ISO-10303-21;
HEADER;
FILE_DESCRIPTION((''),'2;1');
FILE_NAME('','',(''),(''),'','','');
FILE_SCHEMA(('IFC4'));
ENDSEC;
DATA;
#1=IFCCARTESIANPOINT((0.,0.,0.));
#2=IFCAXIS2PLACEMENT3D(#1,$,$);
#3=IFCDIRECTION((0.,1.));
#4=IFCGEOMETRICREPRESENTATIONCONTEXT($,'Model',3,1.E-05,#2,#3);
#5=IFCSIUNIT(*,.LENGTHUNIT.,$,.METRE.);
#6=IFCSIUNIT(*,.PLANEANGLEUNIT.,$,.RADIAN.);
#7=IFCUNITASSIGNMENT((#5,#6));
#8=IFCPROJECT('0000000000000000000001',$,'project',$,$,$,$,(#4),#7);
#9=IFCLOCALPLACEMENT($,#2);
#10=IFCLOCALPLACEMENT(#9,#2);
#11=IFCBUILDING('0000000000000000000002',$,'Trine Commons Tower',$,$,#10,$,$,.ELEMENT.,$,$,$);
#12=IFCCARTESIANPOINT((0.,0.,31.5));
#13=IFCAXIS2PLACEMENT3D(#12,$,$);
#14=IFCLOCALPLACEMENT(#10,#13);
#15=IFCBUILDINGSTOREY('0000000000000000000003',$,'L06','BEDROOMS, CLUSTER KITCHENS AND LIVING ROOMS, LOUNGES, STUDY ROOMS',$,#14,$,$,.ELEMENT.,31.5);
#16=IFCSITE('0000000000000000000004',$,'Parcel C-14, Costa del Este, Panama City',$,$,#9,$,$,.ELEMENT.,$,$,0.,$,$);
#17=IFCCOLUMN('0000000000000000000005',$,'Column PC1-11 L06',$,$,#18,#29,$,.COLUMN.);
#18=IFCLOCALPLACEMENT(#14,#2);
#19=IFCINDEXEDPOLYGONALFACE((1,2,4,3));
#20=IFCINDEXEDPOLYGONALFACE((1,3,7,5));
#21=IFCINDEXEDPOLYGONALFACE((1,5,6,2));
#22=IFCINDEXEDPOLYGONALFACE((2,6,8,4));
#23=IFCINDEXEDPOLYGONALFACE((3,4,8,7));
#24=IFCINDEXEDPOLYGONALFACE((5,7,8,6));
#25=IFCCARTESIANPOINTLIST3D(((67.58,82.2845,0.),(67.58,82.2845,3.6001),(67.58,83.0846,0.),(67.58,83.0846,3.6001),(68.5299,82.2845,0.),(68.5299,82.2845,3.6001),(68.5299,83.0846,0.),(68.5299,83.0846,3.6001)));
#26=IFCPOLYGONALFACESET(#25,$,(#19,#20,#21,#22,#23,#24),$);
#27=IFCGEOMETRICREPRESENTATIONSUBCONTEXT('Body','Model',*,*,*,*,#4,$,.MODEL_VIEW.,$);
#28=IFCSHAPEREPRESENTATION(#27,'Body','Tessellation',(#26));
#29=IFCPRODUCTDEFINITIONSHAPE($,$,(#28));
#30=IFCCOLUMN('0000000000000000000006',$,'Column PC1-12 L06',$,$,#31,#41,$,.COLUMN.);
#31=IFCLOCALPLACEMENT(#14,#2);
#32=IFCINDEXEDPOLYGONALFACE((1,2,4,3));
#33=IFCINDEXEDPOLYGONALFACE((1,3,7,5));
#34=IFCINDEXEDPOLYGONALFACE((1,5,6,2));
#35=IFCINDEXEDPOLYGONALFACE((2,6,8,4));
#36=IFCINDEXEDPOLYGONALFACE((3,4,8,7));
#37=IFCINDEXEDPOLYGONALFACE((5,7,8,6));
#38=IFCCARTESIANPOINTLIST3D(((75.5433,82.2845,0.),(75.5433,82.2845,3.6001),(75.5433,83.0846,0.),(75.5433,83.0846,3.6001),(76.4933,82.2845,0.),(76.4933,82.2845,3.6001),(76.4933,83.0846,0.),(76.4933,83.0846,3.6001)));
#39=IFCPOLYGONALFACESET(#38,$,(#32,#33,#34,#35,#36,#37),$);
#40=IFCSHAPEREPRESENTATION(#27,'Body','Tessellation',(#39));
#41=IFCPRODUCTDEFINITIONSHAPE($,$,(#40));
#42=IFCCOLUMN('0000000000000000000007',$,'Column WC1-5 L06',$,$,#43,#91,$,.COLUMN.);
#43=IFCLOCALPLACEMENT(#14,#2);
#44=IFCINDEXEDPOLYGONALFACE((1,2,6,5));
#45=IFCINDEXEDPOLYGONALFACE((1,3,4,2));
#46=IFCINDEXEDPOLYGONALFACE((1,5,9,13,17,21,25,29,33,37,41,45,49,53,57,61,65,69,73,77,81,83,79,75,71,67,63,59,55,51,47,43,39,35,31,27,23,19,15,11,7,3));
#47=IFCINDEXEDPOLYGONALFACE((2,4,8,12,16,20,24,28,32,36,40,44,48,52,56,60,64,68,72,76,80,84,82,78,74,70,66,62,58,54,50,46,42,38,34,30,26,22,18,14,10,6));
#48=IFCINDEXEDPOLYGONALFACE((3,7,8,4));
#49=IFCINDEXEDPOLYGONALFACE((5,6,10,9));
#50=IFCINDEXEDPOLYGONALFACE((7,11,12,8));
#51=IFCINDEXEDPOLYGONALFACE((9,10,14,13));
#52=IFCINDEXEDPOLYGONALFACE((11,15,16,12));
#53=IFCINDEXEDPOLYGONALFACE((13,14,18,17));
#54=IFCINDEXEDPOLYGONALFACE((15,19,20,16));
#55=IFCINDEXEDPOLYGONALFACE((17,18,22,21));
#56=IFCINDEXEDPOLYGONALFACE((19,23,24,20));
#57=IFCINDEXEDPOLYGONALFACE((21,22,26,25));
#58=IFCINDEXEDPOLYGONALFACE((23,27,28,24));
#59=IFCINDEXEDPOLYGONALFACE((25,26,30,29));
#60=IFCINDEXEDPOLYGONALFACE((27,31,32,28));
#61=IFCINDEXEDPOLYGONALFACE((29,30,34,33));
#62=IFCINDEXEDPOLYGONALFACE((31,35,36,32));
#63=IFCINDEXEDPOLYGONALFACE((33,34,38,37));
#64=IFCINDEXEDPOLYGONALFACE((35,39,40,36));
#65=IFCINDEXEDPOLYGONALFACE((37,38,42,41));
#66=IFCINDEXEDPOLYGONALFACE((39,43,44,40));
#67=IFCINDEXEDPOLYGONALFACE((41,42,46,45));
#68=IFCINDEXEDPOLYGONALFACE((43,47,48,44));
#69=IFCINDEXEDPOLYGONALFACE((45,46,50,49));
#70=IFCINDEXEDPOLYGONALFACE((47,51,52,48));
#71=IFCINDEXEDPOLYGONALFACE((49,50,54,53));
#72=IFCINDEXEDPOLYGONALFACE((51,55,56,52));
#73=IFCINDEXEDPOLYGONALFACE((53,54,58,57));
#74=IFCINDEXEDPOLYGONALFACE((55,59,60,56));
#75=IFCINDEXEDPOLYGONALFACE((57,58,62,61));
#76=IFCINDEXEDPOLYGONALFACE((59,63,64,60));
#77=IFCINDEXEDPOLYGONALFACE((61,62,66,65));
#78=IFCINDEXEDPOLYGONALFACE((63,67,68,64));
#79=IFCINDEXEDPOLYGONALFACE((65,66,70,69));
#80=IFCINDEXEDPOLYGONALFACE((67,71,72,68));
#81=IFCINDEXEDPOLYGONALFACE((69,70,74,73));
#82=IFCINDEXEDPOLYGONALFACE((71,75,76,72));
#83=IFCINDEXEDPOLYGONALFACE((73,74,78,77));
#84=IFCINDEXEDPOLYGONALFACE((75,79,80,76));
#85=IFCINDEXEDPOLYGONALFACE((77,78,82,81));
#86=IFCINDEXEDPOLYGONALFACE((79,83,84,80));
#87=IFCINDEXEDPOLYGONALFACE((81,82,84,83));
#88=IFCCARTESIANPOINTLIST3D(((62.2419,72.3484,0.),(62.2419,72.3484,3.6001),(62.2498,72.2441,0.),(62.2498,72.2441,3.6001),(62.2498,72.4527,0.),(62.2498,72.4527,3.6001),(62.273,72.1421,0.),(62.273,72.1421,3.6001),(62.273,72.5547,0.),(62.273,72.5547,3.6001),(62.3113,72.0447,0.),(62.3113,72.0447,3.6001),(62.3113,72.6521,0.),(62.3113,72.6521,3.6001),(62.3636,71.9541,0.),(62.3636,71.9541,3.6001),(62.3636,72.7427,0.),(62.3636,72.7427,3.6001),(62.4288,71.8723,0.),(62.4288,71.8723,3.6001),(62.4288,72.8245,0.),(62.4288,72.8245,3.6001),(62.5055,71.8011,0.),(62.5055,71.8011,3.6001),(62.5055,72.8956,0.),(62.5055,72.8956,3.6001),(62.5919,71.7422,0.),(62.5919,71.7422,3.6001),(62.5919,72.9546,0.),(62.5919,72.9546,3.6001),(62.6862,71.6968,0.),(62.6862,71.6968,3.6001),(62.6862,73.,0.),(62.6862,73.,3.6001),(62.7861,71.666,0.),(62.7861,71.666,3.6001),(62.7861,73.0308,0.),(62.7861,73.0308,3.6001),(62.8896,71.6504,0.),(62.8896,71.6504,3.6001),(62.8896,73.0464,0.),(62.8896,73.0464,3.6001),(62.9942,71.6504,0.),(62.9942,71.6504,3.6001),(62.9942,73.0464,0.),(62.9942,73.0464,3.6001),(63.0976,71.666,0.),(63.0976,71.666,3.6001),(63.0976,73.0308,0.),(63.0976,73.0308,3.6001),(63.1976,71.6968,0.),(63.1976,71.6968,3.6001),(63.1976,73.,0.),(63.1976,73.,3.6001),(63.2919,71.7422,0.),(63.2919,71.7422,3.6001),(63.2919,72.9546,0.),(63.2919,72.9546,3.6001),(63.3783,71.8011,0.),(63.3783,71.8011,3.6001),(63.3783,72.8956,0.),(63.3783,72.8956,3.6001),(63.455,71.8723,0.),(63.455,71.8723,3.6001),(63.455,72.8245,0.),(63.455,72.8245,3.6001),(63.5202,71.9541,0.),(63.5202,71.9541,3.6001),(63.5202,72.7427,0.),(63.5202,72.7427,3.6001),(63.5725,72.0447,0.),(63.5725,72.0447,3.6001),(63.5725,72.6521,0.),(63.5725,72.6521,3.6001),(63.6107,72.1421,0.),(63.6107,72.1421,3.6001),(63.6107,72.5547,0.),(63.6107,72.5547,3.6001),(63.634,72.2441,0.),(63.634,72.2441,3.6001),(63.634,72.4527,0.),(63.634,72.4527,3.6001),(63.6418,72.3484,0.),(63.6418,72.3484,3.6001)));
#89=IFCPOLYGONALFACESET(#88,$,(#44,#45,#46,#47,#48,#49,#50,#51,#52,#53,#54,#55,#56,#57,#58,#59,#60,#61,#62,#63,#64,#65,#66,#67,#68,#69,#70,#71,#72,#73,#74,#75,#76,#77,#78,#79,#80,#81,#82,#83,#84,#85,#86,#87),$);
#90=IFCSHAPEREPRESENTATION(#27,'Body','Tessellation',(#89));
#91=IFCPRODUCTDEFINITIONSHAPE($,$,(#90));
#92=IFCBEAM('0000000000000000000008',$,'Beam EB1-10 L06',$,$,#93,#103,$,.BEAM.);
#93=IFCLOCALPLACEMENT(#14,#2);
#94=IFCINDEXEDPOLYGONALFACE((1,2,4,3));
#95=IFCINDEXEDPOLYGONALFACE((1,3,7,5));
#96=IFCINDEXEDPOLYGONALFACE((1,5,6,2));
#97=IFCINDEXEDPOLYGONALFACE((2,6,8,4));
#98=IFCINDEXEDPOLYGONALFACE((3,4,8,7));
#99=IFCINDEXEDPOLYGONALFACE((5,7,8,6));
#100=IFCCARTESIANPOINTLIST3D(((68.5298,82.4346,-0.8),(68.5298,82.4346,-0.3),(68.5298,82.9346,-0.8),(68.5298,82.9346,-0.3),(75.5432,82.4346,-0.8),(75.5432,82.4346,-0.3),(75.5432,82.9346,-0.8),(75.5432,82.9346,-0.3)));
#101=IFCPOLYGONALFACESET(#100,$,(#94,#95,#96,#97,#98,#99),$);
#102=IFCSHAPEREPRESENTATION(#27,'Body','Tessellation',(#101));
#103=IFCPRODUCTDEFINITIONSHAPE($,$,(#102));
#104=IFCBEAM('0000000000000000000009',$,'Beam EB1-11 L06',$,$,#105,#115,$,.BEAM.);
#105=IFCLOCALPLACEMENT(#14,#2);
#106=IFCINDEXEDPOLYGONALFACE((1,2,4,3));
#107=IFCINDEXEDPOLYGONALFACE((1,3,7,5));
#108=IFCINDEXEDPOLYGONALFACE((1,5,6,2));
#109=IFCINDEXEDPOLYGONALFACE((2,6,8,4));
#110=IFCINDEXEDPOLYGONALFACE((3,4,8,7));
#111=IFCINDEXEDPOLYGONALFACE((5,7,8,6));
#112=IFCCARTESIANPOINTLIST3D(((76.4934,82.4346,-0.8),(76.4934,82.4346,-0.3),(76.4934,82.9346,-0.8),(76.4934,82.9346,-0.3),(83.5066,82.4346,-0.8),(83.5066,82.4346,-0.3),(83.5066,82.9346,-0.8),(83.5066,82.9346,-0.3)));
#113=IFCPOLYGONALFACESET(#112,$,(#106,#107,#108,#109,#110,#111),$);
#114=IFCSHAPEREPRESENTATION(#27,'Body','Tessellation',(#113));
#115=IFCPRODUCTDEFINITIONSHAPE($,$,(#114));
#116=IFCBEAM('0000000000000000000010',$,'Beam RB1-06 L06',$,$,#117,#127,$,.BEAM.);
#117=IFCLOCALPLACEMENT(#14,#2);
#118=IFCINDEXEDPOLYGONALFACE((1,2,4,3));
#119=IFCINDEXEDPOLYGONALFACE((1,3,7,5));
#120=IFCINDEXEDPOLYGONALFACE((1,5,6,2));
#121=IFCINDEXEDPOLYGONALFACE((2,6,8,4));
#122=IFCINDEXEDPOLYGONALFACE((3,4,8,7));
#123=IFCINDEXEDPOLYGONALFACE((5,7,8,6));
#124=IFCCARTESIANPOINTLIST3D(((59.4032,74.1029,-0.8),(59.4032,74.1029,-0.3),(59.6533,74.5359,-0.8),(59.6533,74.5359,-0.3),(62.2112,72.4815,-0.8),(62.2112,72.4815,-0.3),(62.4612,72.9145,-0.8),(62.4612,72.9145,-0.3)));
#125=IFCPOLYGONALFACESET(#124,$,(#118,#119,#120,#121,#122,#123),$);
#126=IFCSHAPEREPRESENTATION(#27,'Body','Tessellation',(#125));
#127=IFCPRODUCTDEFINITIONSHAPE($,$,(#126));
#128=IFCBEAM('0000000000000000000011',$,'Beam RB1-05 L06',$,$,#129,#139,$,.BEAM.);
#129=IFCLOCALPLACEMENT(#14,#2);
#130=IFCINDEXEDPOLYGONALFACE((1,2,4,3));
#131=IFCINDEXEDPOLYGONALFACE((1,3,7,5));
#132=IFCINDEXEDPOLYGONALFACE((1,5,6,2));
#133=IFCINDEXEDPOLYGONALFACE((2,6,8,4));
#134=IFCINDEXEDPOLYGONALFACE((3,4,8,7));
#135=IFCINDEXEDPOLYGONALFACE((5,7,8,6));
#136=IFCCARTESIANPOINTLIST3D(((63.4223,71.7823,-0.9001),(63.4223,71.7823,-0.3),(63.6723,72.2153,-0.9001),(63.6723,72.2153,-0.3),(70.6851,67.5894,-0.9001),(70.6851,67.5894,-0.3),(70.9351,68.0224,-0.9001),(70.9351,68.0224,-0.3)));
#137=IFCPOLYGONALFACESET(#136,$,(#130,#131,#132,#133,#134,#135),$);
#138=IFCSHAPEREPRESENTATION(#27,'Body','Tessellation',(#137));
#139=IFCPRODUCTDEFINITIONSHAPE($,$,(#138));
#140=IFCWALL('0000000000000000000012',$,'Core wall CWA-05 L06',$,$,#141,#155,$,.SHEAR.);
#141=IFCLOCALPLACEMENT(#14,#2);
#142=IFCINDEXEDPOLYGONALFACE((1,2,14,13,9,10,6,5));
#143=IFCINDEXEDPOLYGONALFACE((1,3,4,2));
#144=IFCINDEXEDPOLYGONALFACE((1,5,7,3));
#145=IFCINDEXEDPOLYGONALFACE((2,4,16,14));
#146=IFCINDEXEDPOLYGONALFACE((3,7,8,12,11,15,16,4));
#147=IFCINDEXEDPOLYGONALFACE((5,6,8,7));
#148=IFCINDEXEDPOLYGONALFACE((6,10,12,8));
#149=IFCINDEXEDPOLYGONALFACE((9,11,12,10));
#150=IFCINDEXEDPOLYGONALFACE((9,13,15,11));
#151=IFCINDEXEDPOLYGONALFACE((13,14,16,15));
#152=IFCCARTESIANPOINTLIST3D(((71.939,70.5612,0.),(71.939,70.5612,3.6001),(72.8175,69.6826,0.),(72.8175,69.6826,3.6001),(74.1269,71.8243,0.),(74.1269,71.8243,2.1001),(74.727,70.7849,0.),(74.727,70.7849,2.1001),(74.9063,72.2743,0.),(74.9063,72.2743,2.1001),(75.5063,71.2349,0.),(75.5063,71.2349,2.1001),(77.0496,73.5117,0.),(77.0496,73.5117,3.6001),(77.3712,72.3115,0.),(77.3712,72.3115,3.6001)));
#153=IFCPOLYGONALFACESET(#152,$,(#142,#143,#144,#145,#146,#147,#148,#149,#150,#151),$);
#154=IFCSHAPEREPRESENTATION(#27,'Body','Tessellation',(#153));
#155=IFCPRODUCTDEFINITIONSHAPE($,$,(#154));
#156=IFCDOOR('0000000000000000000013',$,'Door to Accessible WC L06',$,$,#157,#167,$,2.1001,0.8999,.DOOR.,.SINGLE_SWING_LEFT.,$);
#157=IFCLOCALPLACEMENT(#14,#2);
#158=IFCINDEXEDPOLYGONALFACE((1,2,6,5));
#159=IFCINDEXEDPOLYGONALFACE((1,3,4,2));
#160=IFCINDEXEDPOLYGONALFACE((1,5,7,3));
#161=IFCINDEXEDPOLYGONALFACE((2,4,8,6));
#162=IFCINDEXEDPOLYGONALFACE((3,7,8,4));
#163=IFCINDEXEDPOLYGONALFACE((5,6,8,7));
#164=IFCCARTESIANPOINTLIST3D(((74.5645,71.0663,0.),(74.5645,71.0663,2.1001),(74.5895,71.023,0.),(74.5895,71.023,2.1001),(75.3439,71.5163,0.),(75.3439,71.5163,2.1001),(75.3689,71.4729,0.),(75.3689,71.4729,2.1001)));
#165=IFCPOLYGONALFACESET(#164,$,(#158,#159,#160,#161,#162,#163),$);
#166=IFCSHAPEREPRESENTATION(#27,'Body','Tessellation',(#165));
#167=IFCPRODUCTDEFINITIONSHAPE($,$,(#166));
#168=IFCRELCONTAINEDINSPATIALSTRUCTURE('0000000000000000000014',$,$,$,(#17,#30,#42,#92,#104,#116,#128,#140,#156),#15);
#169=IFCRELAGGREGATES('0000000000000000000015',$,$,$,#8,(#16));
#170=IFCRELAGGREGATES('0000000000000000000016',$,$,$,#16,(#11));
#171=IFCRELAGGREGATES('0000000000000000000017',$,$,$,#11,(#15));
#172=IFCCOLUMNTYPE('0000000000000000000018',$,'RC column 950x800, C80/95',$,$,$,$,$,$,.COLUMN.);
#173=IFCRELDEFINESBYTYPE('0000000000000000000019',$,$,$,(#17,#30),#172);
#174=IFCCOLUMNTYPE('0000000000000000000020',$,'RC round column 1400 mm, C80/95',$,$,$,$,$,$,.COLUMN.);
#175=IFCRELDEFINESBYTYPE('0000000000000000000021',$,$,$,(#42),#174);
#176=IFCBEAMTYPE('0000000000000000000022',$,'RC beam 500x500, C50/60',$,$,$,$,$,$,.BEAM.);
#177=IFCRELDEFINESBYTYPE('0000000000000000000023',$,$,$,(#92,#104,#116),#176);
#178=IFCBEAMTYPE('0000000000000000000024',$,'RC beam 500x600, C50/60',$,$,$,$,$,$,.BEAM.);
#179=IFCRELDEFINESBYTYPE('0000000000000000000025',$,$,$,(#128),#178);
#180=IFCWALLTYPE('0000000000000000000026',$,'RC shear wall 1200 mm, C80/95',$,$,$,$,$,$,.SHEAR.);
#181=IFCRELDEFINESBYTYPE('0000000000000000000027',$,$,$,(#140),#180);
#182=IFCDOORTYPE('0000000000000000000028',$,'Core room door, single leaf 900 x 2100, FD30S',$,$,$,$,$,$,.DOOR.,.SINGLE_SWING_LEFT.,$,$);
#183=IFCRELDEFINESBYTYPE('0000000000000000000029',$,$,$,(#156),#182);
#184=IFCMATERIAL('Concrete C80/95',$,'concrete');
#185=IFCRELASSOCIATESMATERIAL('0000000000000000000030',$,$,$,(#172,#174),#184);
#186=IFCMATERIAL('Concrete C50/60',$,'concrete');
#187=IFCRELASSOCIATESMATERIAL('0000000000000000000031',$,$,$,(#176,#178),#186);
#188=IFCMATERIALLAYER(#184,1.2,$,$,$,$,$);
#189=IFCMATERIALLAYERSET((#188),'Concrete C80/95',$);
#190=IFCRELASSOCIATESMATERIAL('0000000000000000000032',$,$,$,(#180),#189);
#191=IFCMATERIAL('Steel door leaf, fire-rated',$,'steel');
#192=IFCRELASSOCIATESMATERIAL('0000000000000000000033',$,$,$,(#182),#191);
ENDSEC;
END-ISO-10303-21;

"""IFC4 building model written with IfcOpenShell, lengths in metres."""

from ifc_helpers import new_model, si_unit, direction, frame, frame_2d, origin, origin_2d, place, context, subcontext, project, spatial, polyline, rectangle, circle, outline, extrude, material, layer, layer_set, material_profile, profile_set, type_object, element, fill, save


model = new_model("IFC4")

# Units and contexts
model_context = context("Model", 3, precision=1e-05, world=origin(), true_north=direction((0.0, 1.0)))
body_context = subcontext(model_context, "Body", "Model", "MODEL_VIEW")
ifc_project = project(units=[si_unit("LENGTHUNIT", "METRE"), si_unit("PLANEANGLEUNIT", "RADIAN")], contexts=[model_context])

# Site, building, storey
site_placement = place(None, origin())
site = spatial("IfcSite", under=ifc_project, at=site_placement, Name="Parcel C-14, Costa del Este, Panama City", CompositionType="ELEMENT", RefElevation=0.0)
building_placement = place(site_placement, origin())
building = spatial("IfcBuilding", under=site, at=building_placement, Name="Trine Commons Tower", CompositionType="ELEMENT")
storey_placement = place(building_placement, frame((0.0, 0.0, 31.5)))
storey = spatial("IfcBuildingStorey", under=building, at=storey_placement, Name="L06", Description="BEDROOMS, CLUSTER KITCHENS AND LIVING ROOMS, LOUNGES, STUDY ROOMS", CompositionType="ELEMENT", Elevation=31.5)

# Columns
ifc_material_1 = material(Name="Concrete C80/95", Category="concrete")
ifc_material_profile_1 = material_profile(ifc_material_1, rectangle(XDim=0.95, YDim=0.8, at=origin_2d()), Name="RC 950x800")
ifc_profile_set_1 = profile_set([ifc_material_profile_1], Name="Concrete C80/95")
column_type_1 = type_object("IfcColumnType", Name="RC column 950x800, C80/95", PredefinedType="COLUMN", material=ifc_profile_set_1)
for number, where, z_axis, x_axis, name in (
    (1, (68.0549, 82.6846, 0.0), (0.0, 0.0, 1.0), (1.0, 0.0, 0.0), "Column PC1-11 L06"),
    (2, (76.0183, 82.6846, 0.0), (0.0, 0.0, 1.0), (1.0, 0.0, 0.0), "Column PC1-12 L06"),
):
    element("IfcColumn", number, at=place(storey_placement, frame(where, z_axis=z_axis, x_axis=x_axis)), inside=storey, type_object=column_type_1, Name=name, PredefinedType="COLUMN", context=body_context, shape_type="SweptSolid", body=[
        extrude(rectangle(XDim=0.95, YDim=0.8, at=origin_2d()), origin(), (0.0, 0.0, 1.0), 3.6001),
    ])
ifc_material_profile_2 = material_profile(ifc_material_1, circle(Radius=0.7, at=origin_2d()), Name="RC round 1400")
ifc_profile_set_2 = profile_set([ifc_material_profile_2], Name="Concrete C80/95")
column_type_2 = type_object("IfcColumnType", Name="RC round column 1400 mm, C80/95", PredefinedType="COLUMN", material=ifc_profile_set_2)
column_placement = place(storey_placement, frame((62.9419, 72.3484, 0.0), z_axis=(0.0, 0.0, 1.0), x_axis=(1.0, 0.0, 0.0)))
element("IfcColumn", 3, at=column_placement, inside=storey, type_object=column_type_2, Name="Column WC1-5 L06", PredefinedType="COLUMN", context=body_context, shape_type="SweptSolid", body=[
    extrude(circle(Radius=0.7, at=origin_2d()), origin(), (0.0, 0.0, 1.0), 3.6001),
])

# Beams
ifc_material_2 = material(Name="Concrete C50/60", Category="concrete")
ifc_material_profile_3 = material_profile(ifc_material_2, rectangle(XDim=0.5, YDim=0.5, at=origin_2d()), Name="RC 500x500")
ifc_profile_set_3 = profile_set([ifc_material_profile_3], Name="Concrete C50/60")
beam_type_1 = type_object("IfcBeamType", Name="RC beam 500x500, C50/60", PredefinedType="BEAM", material=ifc_profile_set_3)
beam_1_placement = place(storey_placement, frame((68.5298, 82.6846, -0.55), z_axis=(1.0, 0.0, 0.0), x_axis=(0.0, 1.0, 0.0)))
element("IfcBeam", 4, at=beam_1_placement, inside=storey, type_object=beam_type_1, Name="Beam EB1-10 L06", PredefinedType="BEAM", context=body_context, shape_type="SweptSolid", body=[
    extrude(rectangle(XDim=0.5, YDim=0.5, at=origin_2d()), origin(), (0.0, 0.0, 1.0), 7.0134),
])
beam_2_placement = place(storey_placement, frame((76.4934, 82.6846, -0.55), z_axis=(1.0, 0.0, 0.0), x_axis=(0.0, 1.0, 0.0)))
element("IfcBeam", 5, at=beam_2_placement, inside=storey, type_object=beam_type_1, Name="Beam EB1-11 L06", PredefinedType="BEAM", context=body_context, shape_type="SweptSolid", body=[
    extrude(rectangle(XDim=0.5, YDim=0.5, at=origin_2d()), origin(), (0.0, 0.0, 1.0), 7.0132),
])
beam_3_placement = place(storey_placement, frame((62.3362, 72.698, -0.55), z_axis=(-0.865996, 0.500051, 0.0), x_axis=(-0.500051, -0.865996, 0.0)))
element("IfcBeam", 6, at=beam_3_placement, inside=storey, type_object=beam_type_1, Name="Beam RB1-06 L06", PredefinedType="BEAM", context=body_context, shape_type="SweptSolid", body=[
    extrude(rectangle(XDim=0.5, YDim=0.5, at=origin_2d()), origin(), (0.0, 0.0, 1.0), 3.2424),
])
ifc_material_profile_4 = material_profile(ifc_material_2, rectangle(XDim=0.5, YDim=0.6001, at=origin_2d()), Name="RC 500x600")
ifc_profile_set_4 = profile_set([ifc_material_profile_4], Name="Concrete C50/60")
beam_type_2 = type_object("IfcBeamType", Name="RC beam 500x600, C50/60", PredefinedType="BEAM", material=ifc_profile_set_4)
beam_4_placement = place(storey_placement, frame((70.8101, 67.8059, -0.6001), z_axis=(-0.866038, 0.499978, 0.0), x_axis=(-0.499978, -0.866038, 0.0)))
element("IfcBeam", 7, at=beam_4_placement, inside=storey, type_object=beam_type_2, Name="Beam RB1-05 L06", PredefinedType="BEAM", context=body_context, shape_type="SweptSolid", body=[
    extrude(rectangle(XDim=0.5, YDim=0.6001, at=origin_2d()), origin(), (0.0, 0.0, 1.0), 8.3862),
])

# Wall, opening, door
ifc_layer_1 = layer(ifc_material_1, 1.2)
ifc_layer_set_1 = layer_set([ifc_layer_1], Name="Concrete C80/95")
wall_type_1 = type_object("IfcWallType", Name="RC shear wall 1200 mm, C80/95", PredefinedType="SHEAR", material=ifc_layer_set_1)
wall_1_placement = place(storey_placement, frame((77.3496, 72.9919, 0.0), z_axis=(0.0, 0.0, 1.0), x_axis=(-0.866037, -0.499979, 0.0)))
wall_1 = element("IfcWall", 8, at=wall_1_placement, inside=storey, type_object=wall_type_1, Name="Core wall CWA-05 L06", PredefinedType="SHEAR", context=body_context, shape_type="SweptSolid", body=[
    extrude(outline(polyline([(0.0, -0.6001), (5.9011, -0.6001), (5.5796, 0.6001), (0.3215, 0.6001), (0.0, -0.6001)])), origin(), (0.0, 0.0, 1.0), 3.6001),
])
opening_1_placement = place(wall_1_placement, frame((2.4749, 0.0, 0.0)))
opening_1 = element("IfcOpeningElement", 9, at=opening_1_placement, cuts=wall_1, PredefinedType="OPENING", context=body_context, shape_type="SweptSolid", body=[
    extrude(rectangle(XDim=0.8999, YDim=2.1001, at=frame_2d((0.45, 1.05))), frame((0.0, 0.6099, 0.0), z_axis=(0.0, -1.0, 0.0), x_axis=(1.0, 0.0, 0.0)), (0.0, 0.0, 1.0), 1.22),
])
ifc_material_3 = material(Name="Steel door leaf, fire-rated", Category="steel")
door_type_1 = type_object("IfcDoorType", Name="Core room door, single leaf 900 x 2100, FD30S", OperationType="SINGLE_SWING_LEFT", PredefinedType="DOOR", material=ifc_material_3)
door_1_placement = place(opening_1_placement, origin())
door_1 = element("IfcDoor", 10, at=door_1_placement, inside=storey, type_object=door_type_1, Name="Door to Accessible WC L06", OperationType="SINGLE_SWING_LEFT", OverallHeight=2.1001, OverallWidth=0.8999, PredefinedType="DOOR", context=body_context, shape_type="SweptSolid", body=[
    extrude(rectangle(XDim=0.8999, YDim=2.1001, at=frame_2d((0.45, 1.05))), frame((0.0, 0.3252, 0.0), z_axis=(0.0, -1.0, 0.0), x_axis=(1.0, 0.0, 0.0)), (0.0, 0.0, 1.0), 0.05),
])
fill(opening_1, door_1)

save(model, "model.ifc")
